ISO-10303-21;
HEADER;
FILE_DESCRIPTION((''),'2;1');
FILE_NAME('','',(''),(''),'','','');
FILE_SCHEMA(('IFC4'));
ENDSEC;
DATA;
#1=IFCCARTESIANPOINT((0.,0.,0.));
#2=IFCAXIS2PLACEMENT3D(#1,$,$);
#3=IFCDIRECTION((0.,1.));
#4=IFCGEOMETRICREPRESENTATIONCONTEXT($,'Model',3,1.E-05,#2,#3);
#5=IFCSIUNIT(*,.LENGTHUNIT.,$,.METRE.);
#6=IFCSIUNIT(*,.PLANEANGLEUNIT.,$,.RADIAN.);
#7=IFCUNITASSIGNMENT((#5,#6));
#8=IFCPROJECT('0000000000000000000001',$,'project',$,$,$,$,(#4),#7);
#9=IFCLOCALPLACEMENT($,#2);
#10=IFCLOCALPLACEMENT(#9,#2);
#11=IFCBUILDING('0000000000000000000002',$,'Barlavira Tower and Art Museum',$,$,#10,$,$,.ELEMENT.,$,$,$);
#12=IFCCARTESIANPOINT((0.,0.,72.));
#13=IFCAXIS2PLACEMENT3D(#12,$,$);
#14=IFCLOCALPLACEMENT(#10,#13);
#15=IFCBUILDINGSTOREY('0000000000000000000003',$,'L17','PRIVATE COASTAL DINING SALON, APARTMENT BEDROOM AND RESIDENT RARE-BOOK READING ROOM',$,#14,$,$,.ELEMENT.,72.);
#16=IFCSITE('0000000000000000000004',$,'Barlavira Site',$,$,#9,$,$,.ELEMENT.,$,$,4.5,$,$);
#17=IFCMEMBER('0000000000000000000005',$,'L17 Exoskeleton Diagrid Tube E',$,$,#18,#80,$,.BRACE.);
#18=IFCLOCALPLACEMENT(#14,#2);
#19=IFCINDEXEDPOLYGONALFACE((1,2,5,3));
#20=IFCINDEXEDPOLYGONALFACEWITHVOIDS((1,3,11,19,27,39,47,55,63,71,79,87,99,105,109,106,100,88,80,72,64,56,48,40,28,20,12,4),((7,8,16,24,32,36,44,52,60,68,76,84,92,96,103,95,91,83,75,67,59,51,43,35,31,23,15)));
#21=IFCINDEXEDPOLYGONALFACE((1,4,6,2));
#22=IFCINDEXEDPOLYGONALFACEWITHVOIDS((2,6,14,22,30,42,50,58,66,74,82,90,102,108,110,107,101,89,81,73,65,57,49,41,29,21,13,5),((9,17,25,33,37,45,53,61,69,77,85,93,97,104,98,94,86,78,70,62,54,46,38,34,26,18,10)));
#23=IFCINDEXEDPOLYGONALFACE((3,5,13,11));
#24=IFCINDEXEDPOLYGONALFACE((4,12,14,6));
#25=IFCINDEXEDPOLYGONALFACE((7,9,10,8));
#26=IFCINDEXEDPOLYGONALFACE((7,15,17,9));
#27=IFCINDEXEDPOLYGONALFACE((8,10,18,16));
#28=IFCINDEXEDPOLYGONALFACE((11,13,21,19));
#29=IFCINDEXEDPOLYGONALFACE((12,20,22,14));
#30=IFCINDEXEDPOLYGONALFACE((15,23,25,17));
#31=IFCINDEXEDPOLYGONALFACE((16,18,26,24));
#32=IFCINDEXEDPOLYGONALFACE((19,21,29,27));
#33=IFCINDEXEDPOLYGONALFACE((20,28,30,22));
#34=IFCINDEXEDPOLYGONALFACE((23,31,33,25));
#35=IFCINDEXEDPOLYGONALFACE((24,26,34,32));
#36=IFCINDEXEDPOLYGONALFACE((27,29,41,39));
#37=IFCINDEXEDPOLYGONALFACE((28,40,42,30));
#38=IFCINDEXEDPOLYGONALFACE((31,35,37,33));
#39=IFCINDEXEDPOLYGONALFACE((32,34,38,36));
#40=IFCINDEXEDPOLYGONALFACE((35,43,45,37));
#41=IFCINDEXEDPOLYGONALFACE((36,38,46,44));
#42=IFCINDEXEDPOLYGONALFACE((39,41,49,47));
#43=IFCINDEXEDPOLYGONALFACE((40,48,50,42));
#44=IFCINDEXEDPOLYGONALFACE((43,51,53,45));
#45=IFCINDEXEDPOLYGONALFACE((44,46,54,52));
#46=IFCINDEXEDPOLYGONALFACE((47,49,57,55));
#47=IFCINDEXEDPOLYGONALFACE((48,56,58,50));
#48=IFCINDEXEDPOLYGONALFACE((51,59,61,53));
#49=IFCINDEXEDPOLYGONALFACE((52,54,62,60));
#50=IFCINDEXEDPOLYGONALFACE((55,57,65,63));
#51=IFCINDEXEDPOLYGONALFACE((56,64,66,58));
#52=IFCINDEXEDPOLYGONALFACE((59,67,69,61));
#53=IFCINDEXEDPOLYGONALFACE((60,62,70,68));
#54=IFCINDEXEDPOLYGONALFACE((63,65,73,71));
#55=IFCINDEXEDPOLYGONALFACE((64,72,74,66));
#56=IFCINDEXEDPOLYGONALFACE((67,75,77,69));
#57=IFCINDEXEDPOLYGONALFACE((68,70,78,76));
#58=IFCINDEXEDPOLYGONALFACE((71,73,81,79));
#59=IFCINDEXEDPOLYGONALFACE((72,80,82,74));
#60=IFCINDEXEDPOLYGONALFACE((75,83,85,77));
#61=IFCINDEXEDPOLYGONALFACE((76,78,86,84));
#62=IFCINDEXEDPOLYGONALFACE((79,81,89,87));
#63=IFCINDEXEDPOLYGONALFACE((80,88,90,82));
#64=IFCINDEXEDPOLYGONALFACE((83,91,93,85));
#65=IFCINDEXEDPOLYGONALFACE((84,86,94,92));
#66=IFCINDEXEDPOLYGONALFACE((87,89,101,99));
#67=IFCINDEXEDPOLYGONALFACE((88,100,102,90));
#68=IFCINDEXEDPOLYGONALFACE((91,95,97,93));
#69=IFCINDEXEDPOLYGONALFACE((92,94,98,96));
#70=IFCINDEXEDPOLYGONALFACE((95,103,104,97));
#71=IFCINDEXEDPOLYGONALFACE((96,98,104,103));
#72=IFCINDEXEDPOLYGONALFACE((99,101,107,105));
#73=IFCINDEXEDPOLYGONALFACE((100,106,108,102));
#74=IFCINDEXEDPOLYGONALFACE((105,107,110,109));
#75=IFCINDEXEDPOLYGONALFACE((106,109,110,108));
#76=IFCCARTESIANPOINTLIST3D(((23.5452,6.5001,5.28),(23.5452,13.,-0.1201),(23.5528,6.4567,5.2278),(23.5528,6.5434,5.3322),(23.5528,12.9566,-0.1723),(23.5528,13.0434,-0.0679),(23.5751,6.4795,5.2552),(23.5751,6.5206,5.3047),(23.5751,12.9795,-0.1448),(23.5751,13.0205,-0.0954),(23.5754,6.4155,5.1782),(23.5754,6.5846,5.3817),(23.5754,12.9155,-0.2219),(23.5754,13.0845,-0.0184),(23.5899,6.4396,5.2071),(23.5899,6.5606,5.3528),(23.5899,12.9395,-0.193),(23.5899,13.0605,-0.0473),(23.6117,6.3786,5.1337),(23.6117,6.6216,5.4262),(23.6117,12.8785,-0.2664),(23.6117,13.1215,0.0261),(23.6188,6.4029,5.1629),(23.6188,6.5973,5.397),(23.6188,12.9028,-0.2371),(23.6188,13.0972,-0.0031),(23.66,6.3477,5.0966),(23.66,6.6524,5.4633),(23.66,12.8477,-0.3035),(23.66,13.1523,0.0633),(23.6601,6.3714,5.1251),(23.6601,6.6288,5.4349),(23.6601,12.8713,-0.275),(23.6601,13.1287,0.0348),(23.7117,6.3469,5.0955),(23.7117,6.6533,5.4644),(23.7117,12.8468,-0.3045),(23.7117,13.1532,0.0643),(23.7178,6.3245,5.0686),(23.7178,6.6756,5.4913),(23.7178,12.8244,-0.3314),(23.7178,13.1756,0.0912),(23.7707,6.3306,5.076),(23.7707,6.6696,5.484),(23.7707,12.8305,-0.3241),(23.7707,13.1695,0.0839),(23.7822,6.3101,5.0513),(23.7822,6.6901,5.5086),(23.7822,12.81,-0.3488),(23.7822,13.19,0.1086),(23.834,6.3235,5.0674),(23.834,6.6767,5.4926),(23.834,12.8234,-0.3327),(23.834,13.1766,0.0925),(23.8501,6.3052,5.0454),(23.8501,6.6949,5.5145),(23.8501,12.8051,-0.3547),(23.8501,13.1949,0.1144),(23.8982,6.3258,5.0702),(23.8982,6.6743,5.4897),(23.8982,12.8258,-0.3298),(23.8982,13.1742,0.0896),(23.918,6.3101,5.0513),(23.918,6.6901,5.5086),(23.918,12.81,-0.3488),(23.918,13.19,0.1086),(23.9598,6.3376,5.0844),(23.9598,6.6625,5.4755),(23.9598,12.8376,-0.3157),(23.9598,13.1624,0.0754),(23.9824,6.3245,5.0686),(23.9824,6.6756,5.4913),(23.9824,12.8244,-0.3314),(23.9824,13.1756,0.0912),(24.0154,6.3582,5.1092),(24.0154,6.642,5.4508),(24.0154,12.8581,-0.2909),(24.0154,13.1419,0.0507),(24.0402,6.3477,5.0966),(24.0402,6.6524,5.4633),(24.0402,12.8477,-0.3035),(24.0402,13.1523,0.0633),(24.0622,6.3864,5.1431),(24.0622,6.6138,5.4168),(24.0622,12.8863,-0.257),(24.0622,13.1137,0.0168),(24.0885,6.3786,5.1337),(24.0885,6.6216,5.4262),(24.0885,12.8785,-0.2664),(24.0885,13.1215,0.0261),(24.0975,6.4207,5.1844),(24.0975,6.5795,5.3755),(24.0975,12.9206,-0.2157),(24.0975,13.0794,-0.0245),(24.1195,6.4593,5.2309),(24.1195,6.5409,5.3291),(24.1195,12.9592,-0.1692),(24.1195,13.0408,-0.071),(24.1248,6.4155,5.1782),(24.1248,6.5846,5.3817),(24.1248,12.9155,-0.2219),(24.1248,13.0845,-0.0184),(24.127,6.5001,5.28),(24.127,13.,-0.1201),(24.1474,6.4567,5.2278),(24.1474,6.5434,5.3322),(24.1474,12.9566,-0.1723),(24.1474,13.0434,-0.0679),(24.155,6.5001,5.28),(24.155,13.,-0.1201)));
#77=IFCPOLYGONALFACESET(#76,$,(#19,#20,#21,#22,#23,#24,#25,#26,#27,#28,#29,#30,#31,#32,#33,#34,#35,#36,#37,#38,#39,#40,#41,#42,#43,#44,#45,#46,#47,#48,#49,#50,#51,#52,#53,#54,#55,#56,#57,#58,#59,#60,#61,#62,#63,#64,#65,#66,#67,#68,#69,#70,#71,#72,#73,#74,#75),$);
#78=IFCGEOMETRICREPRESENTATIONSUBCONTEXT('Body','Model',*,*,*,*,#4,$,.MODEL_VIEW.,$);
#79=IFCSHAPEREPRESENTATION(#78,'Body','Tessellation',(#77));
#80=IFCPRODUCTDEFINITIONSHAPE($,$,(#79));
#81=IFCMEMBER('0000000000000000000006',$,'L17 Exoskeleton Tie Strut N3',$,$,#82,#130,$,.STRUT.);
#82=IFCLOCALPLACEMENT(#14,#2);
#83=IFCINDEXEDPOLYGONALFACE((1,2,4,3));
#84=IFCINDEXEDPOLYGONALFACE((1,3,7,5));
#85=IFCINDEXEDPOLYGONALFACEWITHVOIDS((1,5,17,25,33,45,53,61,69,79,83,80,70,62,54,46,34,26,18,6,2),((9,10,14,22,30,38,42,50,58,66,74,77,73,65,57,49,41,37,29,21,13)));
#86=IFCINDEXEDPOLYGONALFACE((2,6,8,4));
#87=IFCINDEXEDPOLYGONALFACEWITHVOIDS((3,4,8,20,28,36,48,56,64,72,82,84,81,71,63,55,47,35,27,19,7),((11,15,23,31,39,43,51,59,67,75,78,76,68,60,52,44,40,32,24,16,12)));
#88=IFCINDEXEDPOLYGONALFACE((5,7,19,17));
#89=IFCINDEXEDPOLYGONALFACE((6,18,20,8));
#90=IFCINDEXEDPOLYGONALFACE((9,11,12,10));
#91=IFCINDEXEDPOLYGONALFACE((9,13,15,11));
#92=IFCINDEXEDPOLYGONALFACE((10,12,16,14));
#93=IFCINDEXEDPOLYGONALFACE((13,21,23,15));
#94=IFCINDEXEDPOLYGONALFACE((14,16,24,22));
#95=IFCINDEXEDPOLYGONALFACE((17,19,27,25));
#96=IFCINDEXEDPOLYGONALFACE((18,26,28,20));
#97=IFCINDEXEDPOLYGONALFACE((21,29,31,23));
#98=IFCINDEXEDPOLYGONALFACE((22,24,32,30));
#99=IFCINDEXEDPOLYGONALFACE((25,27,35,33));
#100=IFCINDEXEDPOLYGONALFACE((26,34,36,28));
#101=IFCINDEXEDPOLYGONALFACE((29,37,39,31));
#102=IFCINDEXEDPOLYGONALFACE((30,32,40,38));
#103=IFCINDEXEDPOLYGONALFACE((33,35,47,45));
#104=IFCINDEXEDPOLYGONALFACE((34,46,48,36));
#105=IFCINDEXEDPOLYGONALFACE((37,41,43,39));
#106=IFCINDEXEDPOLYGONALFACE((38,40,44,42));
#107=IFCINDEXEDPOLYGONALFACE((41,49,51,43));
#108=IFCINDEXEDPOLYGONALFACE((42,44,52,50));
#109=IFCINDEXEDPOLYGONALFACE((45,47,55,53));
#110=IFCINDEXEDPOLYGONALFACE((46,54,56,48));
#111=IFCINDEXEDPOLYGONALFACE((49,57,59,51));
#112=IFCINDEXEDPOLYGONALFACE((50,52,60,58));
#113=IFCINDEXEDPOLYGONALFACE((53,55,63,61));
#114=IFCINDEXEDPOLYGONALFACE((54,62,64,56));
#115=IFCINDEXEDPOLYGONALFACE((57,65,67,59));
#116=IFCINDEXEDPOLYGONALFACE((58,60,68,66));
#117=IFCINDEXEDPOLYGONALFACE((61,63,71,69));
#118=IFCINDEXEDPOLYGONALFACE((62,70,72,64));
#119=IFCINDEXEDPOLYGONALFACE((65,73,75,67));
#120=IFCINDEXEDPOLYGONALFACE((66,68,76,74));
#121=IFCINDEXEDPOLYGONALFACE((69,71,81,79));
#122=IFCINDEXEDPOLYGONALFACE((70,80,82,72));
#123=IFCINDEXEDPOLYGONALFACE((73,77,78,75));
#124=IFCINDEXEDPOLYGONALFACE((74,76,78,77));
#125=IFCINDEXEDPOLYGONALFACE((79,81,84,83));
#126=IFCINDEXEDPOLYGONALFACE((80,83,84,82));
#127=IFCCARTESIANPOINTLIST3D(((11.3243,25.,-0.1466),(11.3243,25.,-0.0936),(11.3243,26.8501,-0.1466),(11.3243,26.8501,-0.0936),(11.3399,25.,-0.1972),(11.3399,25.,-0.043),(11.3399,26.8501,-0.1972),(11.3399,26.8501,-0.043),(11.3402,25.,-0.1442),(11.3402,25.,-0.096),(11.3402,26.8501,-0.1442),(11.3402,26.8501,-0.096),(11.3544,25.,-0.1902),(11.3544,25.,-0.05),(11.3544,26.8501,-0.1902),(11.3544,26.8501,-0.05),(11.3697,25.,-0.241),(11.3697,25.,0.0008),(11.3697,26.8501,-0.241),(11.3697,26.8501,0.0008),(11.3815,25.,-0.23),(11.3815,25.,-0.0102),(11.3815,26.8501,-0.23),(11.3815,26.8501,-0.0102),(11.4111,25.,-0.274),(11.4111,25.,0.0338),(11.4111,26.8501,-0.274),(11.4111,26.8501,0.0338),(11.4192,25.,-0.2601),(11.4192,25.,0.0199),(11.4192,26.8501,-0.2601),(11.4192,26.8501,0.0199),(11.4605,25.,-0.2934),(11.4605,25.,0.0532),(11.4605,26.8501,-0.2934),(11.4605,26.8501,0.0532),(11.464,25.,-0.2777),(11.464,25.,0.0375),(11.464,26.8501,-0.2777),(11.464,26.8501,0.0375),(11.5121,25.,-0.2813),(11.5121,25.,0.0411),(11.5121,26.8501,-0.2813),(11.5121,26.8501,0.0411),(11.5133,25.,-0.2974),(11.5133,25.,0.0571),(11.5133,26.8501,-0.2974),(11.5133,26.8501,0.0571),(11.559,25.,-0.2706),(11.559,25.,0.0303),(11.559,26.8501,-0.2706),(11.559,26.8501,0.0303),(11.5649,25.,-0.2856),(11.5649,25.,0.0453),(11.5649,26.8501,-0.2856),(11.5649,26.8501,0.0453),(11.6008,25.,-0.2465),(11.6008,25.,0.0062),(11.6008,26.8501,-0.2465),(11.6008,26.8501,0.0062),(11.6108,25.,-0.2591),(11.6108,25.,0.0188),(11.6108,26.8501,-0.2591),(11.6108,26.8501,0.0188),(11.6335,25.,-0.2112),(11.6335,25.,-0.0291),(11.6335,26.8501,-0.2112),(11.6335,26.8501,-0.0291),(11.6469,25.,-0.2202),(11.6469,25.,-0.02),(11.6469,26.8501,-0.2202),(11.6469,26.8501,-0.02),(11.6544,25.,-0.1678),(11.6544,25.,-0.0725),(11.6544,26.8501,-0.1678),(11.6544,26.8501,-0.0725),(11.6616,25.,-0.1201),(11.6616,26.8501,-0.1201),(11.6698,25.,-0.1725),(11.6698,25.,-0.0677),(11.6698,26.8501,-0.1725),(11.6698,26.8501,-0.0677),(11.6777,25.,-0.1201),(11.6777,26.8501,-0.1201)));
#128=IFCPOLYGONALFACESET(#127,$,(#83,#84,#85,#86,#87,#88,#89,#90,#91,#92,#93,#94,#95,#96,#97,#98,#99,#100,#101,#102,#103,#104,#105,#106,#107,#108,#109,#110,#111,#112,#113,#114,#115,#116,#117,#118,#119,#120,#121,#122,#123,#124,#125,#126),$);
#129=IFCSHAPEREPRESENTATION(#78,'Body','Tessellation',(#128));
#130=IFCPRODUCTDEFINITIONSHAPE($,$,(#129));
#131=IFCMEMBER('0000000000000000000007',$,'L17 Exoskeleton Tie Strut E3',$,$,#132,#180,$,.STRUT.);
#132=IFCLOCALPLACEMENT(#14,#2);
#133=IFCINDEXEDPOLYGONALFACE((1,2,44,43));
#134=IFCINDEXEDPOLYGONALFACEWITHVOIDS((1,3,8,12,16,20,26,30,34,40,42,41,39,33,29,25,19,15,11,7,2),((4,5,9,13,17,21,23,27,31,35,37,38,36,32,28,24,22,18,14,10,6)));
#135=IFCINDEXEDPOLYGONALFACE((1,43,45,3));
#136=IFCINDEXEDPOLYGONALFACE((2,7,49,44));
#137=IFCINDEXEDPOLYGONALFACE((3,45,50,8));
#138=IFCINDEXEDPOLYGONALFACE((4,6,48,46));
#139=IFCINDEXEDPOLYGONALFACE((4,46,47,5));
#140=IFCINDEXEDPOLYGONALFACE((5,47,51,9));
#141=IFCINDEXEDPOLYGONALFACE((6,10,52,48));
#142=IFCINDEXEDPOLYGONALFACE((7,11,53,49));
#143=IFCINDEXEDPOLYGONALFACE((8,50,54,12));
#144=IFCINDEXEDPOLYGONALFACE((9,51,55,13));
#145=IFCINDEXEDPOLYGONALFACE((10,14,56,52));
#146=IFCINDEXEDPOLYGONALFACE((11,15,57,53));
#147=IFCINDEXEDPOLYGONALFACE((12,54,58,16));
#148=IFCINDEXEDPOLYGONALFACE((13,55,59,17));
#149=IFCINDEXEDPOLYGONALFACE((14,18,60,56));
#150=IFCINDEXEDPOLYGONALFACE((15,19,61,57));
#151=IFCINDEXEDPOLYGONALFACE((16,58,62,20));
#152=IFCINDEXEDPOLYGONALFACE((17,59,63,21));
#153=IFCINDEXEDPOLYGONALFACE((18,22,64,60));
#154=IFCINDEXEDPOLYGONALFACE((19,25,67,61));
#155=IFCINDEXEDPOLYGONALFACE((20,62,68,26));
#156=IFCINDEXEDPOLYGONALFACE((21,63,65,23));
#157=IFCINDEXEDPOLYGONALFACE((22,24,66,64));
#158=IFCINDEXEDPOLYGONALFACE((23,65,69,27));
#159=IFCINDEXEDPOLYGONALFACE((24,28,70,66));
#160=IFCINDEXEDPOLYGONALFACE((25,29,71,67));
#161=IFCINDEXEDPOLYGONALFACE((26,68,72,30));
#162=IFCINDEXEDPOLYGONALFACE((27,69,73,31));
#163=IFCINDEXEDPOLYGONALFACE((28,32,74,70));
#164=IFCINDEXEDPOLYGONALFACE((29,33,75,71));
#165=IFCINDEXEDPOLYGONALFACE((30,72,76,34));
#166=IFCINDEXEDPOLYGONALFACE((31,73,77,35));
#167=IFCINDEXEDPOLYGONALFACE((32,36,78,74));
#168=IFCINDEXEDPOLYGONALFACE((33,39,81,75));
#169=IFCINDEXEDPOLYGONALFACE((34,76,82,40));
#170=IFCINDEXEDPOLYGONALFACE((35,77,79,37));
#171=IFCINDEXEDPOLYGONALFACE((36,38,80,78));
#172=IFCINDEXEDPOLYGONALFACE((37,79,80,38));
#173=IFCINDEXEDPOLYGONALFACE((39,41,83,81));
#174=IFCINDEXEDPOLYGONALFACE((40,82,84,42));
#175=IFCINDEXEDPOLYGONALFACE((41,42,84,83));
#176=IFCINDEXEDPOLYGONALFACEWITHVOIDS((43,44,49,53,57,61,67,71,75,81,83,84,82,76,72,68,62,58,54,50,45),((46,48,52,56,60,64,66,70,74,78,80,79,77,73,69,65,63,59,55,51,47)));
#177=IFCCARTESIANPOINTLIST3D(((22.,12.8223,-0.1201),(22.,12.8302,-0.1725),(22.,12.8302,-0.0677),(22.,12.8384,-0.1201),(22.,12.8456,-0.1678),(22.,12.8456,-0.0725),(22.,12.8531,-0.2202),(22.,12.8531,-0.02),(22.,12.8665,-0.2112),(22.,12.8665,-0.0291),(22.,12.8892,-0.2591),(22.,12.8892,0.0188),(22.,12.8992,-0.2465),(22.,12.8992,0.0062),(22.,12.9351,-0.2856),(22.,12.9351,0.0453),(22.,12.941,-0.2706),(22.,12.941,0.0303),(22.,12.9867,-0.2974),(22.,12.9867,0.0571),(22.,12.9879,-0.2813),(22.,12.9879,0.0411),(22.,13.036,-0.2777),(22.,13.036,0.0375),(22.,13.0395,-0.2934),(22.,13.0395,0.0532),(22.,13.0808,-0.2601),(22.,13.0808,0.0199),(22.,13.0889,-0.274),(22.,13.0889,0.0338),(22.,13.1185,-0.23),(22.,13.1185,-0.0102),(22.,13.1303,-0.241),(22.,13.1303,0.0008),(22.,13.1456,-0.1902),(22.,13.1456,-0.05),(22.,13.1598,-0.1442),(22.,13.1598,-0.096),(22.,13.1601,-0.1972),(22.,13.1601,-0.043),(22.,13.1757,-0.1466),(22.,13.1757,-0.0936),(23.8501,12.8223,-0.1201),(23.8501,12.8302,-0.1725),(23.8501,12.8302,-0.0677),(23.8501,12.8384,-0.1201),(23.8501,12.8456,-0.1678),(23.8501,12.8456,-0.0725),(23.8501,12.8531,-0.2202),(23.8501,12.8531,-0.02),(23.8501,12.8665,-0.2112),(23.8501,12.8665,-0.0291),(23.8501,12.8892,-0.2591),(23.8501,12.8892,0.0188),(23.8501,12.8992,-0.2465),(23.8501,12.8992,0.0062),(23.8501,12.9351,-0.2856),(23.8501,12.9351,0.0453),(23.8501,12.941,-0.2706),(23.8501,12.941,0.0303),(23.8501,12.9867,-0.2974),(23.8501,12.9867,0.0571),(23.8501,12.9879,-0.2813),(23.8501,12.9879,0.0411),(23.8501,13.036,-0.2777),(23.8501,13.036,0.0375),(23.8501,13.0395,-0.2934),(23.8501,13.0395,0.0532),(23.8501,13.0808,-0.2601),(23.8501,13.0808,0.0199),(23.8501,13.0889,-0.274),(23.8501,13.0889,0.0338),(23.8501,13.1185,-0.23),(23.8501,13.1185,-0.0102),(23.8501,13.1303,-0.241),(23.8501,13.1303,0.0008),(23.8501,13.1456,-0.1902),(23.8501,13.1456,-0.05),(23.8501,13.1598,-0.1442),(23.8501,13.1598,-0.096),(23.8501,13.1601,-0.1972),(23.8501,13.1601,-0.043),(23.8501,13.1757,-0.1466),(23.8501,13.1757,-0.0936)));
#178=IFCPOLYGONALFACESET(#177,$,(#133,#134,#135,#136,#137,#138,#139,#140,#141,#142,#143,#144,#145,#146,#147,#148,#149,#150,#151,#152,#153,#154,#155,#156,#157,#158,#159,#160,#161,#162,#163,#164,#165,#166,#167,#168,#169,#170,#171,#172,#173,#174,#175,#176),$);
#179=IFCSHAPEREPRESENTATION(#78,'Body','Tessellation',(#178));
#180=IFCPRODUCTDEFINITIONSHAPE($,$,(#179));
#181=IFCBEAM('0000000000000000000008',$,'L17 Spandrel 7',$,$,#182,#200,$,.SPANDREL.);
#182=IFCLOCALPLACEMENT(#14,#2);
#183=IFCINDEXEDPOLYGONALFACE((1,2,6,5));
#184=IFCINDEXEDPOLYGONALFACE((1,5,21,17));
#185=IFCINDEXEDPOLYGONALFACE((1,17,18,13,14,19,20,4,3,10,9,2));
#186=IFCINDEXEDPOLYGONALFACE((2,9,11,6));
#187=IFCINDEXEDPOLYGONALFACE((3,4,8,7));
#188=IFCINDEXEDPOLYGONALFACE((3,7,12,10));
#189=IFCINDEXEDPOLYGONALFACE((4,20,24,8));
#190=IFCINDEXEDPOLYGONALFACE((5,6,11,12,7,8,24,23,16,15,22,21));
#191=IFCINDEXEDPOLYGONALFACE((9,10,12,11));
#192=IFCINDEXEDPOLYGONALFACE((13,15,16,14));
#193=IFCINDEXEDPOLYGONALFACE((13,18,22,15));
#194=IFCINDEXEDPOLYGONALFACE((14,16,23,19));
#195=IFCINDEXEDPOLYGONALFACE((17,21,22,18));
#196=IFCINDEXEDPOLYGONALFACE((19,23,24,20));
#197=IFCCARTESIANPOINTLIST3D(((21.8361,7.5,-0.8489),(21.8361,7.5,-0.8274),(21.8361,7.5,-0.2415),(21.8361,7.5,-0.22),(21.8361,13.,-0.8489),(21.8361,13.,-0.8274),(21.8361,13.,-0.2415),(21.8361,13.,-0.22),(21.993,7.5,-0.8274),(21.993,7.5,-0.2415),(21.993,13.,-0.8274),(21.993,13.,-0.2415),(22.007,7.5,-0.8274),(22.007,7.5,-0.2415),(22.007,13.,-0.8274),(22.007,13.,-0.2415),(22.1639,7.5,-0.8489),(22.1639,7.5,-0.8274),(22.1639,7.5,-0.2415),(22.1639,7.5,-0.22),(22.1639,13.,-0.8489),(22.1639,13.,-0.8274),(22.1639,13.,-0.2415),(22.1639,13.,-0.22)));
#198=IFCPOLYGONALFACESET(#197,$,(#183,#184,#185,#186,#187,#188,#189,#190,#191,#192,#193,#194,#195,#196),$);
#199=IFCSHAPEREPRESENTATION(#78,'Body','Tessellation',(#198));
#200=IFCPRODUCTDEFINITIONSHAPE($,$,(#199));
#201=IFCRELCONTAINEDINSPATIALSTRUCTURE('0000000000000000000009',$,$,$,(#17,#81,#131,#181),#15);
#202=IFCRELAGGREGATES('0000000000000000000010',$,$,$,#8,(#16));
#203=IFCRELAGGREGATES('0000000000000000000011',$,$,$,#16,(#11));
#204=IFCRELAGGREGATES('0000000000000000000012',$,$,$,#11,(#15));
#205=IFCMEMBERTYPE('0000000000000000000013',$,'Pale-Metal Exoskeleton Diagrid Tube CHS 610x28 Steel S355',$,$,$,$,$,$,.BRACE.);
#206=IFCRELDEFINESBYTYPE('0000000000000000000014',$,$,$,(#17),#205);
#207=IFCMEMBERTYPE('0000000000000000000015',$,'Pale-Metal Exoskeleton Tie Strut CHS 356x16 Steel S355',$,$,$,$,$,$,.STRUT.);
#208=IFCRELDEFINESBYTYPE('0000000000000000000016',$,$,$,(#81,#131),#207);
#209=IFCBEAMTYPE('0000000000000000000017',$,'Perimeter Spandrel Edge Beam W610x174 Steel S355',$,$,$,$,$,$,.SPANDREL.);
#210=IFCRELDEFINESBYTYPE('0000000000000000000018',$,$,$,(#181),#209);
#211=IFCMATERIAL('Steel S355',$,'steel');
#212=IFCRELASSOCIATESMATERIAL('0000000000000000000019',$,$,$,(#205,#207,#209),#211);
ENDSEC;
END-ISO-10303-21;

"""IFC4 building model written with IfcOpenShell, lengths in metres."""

from ifc_helpers import new_model, si_unit, direction, frame, origin, origin_2d, place, context, subcontext, project, spatial, hollow_circle, i_section, extrude, material, material_profile, profile_set, type_object, element, save


model = new_model("IFC4")

# Units and contexts
model_context = context("Model", 3, precision=1e-05, world=origin(), true_north=direction((0.0, 1.0)))
body_context = subcontext(model_context, "Body", "Model", "MODEL_VIEW")
ifc_project = project(units=[si_unit("LENGTHUNIT", "METRE"), si_unit("PLANEANGLEUNIT", "RADIAN")], contexts=[model_context])

# Site, building, storey
site_placement = place(None, origin())
site = spatial("IfcSite", under=ifc_project, at=site_placement, Name="Barlavira Site", CompositionType="ELEMENT", RefElevation=4.5)
building_placement = place(site_placement, origin())
building = spatial("IfcBuilding", under=site, at=building_placement, Name="Barlavira Tower and Art Museum", CompositionType="ELEMENT")
storey_placement = place(building_placement, frame((0.0, 0.0, 72.0)))
storey = spatial("IfcBuildingStorey", under=building, at=storey_placement, Name="L17", Description="PRIVATE COASTAL DINING SALON, APARTMENT BEDROOM AND RESIDENT RARE-BOOK READING ROOM", CompositionType="ELEMENT", Elevation=72.0)

# Members
ifc_material_1 = material(Name="Steel S355", Category="steel")
ifc_material_profile_1 = material_profile(ifc_material_1, hollow_circle(Radius=0.3049, WallThickness=0.0281, at=origin_2d()), Name="CHS 610.0x28.0")
ifc_profile_set_1 = profile_set([ifc_material_profile_1], Name="Steel S355")
member_type_1 = type_object("IfcMemberType", Name="Pale-Metal Exoskeleton Diagrid Tube CHS 610x28 Steel S355", PredefinedType="BRACE", material=ifc_profile_set_1)
member_1_placement = place(storey_placement, frame((23.8501, 13.0, -0.1201), z_axis=(0.0, -0.769182, 0.63903), x_axis=(1.0, 0.0, 0.0)))
element("IfcMember", 1, at=member_1_placement, inside=storey, type_object=member_type_1, Name="L17 Exoskeleton Diagrid Tube E", PredefinedType="BRACE", context=body_context, shape_type="SweptSolid", body=[
    extrude(hollow_circle(Radius=0.3049, WallThickness=0.0281, at=origin_2d()), origin(), (0.0, 0.0, 1.0), 8.4504),
])
ifc_material_profile_2 = material_profile(ifc_material_1, hollow_circle(Radius=0.1777, WallThickness=0.0161, at=origin_2d()), Name="CHS 355.6x16.0")
ifc_profile_set_2 = profile_set([ifc_material_profile_2], Name="Steel S355")
member_type_2 = type_object("IfcMemberType", Name="Pale-Metal Exoskeleton Tie Strut CHS 356x16 Steel S355", PredefinedType="STRUT", material=ifc_profile_set_2)
for number, where, z_axis, x_axis, name in (
    (2, (11.5, 26.8501, -0.1201), (0.0, -1.0, 0.0), (1.0, 0.0, 0.0), "L17 Exoskeleton Tie Strut N3"),
    (3, (23.8501, 13.0, -0.1201), (-1.0, 0.0, 0.0), (0.0, -1.0, 0.0), "L17 Exoskeleton Tie Strut E3"),
):
    element("IfcMember", number, at=place(storey_placement, frame(where, z_axis=z_axis, x_axis=x_axis)), inside=storey, type_object=member_type_2, Name=name, PredefinedType="STRUT", context=body_context, shape_type="SweptSolid", body=[
        extrude(hollow_circle(Radius=0.1777, WallThickness=0.0161, at=origin_2d()), origin(), (0.0, 0.0, 1.0), 1.8501),
    ])

# Beam
ifc_material_profile_3 = material_profile(ifc_material_1, i_section(OverallWidth=0.3279, OverallDepth=0.6289, WebThickness=0.0139, FlangeThickness=0.0215, at=origin_2d()), Name="W610x174.0")
ifc_profile_set_3 = profile_set([ifc_material_profile_3], Name="Steel S355")
beam_type_1 = type_object("IfcBeamType", Name="Perimeter Spandrel Edge Beam W610x174 Steel S355", PredefinedType="SPANDREL", material=ifc_profile_set_3)
beam_1_placement = place(storey_placement, frame((22.0, 7.5, -0.5344), z_axis=(0.0, 1.0, 0.0), x_axis=(-1.0, 0.0, 0.0)))
element("IfcBeam", 4, at=beam_1_placement, inside=storey, type_object=beam_type_1, Name="L17 Spandrel 7", PredefinedType="SPANDREL", context=body_context, shape_type="SweptSolid", body=[
    extrude(i_section(OverallWidth=0.3279, OverallDepth=0.6289, WebThickness=0.0139, FlangeThickness=0.0215, at=origin_2d()), origin(), (0.0, 0.0, 1.0), 5.5),
])

save(model, "model.ifc")
